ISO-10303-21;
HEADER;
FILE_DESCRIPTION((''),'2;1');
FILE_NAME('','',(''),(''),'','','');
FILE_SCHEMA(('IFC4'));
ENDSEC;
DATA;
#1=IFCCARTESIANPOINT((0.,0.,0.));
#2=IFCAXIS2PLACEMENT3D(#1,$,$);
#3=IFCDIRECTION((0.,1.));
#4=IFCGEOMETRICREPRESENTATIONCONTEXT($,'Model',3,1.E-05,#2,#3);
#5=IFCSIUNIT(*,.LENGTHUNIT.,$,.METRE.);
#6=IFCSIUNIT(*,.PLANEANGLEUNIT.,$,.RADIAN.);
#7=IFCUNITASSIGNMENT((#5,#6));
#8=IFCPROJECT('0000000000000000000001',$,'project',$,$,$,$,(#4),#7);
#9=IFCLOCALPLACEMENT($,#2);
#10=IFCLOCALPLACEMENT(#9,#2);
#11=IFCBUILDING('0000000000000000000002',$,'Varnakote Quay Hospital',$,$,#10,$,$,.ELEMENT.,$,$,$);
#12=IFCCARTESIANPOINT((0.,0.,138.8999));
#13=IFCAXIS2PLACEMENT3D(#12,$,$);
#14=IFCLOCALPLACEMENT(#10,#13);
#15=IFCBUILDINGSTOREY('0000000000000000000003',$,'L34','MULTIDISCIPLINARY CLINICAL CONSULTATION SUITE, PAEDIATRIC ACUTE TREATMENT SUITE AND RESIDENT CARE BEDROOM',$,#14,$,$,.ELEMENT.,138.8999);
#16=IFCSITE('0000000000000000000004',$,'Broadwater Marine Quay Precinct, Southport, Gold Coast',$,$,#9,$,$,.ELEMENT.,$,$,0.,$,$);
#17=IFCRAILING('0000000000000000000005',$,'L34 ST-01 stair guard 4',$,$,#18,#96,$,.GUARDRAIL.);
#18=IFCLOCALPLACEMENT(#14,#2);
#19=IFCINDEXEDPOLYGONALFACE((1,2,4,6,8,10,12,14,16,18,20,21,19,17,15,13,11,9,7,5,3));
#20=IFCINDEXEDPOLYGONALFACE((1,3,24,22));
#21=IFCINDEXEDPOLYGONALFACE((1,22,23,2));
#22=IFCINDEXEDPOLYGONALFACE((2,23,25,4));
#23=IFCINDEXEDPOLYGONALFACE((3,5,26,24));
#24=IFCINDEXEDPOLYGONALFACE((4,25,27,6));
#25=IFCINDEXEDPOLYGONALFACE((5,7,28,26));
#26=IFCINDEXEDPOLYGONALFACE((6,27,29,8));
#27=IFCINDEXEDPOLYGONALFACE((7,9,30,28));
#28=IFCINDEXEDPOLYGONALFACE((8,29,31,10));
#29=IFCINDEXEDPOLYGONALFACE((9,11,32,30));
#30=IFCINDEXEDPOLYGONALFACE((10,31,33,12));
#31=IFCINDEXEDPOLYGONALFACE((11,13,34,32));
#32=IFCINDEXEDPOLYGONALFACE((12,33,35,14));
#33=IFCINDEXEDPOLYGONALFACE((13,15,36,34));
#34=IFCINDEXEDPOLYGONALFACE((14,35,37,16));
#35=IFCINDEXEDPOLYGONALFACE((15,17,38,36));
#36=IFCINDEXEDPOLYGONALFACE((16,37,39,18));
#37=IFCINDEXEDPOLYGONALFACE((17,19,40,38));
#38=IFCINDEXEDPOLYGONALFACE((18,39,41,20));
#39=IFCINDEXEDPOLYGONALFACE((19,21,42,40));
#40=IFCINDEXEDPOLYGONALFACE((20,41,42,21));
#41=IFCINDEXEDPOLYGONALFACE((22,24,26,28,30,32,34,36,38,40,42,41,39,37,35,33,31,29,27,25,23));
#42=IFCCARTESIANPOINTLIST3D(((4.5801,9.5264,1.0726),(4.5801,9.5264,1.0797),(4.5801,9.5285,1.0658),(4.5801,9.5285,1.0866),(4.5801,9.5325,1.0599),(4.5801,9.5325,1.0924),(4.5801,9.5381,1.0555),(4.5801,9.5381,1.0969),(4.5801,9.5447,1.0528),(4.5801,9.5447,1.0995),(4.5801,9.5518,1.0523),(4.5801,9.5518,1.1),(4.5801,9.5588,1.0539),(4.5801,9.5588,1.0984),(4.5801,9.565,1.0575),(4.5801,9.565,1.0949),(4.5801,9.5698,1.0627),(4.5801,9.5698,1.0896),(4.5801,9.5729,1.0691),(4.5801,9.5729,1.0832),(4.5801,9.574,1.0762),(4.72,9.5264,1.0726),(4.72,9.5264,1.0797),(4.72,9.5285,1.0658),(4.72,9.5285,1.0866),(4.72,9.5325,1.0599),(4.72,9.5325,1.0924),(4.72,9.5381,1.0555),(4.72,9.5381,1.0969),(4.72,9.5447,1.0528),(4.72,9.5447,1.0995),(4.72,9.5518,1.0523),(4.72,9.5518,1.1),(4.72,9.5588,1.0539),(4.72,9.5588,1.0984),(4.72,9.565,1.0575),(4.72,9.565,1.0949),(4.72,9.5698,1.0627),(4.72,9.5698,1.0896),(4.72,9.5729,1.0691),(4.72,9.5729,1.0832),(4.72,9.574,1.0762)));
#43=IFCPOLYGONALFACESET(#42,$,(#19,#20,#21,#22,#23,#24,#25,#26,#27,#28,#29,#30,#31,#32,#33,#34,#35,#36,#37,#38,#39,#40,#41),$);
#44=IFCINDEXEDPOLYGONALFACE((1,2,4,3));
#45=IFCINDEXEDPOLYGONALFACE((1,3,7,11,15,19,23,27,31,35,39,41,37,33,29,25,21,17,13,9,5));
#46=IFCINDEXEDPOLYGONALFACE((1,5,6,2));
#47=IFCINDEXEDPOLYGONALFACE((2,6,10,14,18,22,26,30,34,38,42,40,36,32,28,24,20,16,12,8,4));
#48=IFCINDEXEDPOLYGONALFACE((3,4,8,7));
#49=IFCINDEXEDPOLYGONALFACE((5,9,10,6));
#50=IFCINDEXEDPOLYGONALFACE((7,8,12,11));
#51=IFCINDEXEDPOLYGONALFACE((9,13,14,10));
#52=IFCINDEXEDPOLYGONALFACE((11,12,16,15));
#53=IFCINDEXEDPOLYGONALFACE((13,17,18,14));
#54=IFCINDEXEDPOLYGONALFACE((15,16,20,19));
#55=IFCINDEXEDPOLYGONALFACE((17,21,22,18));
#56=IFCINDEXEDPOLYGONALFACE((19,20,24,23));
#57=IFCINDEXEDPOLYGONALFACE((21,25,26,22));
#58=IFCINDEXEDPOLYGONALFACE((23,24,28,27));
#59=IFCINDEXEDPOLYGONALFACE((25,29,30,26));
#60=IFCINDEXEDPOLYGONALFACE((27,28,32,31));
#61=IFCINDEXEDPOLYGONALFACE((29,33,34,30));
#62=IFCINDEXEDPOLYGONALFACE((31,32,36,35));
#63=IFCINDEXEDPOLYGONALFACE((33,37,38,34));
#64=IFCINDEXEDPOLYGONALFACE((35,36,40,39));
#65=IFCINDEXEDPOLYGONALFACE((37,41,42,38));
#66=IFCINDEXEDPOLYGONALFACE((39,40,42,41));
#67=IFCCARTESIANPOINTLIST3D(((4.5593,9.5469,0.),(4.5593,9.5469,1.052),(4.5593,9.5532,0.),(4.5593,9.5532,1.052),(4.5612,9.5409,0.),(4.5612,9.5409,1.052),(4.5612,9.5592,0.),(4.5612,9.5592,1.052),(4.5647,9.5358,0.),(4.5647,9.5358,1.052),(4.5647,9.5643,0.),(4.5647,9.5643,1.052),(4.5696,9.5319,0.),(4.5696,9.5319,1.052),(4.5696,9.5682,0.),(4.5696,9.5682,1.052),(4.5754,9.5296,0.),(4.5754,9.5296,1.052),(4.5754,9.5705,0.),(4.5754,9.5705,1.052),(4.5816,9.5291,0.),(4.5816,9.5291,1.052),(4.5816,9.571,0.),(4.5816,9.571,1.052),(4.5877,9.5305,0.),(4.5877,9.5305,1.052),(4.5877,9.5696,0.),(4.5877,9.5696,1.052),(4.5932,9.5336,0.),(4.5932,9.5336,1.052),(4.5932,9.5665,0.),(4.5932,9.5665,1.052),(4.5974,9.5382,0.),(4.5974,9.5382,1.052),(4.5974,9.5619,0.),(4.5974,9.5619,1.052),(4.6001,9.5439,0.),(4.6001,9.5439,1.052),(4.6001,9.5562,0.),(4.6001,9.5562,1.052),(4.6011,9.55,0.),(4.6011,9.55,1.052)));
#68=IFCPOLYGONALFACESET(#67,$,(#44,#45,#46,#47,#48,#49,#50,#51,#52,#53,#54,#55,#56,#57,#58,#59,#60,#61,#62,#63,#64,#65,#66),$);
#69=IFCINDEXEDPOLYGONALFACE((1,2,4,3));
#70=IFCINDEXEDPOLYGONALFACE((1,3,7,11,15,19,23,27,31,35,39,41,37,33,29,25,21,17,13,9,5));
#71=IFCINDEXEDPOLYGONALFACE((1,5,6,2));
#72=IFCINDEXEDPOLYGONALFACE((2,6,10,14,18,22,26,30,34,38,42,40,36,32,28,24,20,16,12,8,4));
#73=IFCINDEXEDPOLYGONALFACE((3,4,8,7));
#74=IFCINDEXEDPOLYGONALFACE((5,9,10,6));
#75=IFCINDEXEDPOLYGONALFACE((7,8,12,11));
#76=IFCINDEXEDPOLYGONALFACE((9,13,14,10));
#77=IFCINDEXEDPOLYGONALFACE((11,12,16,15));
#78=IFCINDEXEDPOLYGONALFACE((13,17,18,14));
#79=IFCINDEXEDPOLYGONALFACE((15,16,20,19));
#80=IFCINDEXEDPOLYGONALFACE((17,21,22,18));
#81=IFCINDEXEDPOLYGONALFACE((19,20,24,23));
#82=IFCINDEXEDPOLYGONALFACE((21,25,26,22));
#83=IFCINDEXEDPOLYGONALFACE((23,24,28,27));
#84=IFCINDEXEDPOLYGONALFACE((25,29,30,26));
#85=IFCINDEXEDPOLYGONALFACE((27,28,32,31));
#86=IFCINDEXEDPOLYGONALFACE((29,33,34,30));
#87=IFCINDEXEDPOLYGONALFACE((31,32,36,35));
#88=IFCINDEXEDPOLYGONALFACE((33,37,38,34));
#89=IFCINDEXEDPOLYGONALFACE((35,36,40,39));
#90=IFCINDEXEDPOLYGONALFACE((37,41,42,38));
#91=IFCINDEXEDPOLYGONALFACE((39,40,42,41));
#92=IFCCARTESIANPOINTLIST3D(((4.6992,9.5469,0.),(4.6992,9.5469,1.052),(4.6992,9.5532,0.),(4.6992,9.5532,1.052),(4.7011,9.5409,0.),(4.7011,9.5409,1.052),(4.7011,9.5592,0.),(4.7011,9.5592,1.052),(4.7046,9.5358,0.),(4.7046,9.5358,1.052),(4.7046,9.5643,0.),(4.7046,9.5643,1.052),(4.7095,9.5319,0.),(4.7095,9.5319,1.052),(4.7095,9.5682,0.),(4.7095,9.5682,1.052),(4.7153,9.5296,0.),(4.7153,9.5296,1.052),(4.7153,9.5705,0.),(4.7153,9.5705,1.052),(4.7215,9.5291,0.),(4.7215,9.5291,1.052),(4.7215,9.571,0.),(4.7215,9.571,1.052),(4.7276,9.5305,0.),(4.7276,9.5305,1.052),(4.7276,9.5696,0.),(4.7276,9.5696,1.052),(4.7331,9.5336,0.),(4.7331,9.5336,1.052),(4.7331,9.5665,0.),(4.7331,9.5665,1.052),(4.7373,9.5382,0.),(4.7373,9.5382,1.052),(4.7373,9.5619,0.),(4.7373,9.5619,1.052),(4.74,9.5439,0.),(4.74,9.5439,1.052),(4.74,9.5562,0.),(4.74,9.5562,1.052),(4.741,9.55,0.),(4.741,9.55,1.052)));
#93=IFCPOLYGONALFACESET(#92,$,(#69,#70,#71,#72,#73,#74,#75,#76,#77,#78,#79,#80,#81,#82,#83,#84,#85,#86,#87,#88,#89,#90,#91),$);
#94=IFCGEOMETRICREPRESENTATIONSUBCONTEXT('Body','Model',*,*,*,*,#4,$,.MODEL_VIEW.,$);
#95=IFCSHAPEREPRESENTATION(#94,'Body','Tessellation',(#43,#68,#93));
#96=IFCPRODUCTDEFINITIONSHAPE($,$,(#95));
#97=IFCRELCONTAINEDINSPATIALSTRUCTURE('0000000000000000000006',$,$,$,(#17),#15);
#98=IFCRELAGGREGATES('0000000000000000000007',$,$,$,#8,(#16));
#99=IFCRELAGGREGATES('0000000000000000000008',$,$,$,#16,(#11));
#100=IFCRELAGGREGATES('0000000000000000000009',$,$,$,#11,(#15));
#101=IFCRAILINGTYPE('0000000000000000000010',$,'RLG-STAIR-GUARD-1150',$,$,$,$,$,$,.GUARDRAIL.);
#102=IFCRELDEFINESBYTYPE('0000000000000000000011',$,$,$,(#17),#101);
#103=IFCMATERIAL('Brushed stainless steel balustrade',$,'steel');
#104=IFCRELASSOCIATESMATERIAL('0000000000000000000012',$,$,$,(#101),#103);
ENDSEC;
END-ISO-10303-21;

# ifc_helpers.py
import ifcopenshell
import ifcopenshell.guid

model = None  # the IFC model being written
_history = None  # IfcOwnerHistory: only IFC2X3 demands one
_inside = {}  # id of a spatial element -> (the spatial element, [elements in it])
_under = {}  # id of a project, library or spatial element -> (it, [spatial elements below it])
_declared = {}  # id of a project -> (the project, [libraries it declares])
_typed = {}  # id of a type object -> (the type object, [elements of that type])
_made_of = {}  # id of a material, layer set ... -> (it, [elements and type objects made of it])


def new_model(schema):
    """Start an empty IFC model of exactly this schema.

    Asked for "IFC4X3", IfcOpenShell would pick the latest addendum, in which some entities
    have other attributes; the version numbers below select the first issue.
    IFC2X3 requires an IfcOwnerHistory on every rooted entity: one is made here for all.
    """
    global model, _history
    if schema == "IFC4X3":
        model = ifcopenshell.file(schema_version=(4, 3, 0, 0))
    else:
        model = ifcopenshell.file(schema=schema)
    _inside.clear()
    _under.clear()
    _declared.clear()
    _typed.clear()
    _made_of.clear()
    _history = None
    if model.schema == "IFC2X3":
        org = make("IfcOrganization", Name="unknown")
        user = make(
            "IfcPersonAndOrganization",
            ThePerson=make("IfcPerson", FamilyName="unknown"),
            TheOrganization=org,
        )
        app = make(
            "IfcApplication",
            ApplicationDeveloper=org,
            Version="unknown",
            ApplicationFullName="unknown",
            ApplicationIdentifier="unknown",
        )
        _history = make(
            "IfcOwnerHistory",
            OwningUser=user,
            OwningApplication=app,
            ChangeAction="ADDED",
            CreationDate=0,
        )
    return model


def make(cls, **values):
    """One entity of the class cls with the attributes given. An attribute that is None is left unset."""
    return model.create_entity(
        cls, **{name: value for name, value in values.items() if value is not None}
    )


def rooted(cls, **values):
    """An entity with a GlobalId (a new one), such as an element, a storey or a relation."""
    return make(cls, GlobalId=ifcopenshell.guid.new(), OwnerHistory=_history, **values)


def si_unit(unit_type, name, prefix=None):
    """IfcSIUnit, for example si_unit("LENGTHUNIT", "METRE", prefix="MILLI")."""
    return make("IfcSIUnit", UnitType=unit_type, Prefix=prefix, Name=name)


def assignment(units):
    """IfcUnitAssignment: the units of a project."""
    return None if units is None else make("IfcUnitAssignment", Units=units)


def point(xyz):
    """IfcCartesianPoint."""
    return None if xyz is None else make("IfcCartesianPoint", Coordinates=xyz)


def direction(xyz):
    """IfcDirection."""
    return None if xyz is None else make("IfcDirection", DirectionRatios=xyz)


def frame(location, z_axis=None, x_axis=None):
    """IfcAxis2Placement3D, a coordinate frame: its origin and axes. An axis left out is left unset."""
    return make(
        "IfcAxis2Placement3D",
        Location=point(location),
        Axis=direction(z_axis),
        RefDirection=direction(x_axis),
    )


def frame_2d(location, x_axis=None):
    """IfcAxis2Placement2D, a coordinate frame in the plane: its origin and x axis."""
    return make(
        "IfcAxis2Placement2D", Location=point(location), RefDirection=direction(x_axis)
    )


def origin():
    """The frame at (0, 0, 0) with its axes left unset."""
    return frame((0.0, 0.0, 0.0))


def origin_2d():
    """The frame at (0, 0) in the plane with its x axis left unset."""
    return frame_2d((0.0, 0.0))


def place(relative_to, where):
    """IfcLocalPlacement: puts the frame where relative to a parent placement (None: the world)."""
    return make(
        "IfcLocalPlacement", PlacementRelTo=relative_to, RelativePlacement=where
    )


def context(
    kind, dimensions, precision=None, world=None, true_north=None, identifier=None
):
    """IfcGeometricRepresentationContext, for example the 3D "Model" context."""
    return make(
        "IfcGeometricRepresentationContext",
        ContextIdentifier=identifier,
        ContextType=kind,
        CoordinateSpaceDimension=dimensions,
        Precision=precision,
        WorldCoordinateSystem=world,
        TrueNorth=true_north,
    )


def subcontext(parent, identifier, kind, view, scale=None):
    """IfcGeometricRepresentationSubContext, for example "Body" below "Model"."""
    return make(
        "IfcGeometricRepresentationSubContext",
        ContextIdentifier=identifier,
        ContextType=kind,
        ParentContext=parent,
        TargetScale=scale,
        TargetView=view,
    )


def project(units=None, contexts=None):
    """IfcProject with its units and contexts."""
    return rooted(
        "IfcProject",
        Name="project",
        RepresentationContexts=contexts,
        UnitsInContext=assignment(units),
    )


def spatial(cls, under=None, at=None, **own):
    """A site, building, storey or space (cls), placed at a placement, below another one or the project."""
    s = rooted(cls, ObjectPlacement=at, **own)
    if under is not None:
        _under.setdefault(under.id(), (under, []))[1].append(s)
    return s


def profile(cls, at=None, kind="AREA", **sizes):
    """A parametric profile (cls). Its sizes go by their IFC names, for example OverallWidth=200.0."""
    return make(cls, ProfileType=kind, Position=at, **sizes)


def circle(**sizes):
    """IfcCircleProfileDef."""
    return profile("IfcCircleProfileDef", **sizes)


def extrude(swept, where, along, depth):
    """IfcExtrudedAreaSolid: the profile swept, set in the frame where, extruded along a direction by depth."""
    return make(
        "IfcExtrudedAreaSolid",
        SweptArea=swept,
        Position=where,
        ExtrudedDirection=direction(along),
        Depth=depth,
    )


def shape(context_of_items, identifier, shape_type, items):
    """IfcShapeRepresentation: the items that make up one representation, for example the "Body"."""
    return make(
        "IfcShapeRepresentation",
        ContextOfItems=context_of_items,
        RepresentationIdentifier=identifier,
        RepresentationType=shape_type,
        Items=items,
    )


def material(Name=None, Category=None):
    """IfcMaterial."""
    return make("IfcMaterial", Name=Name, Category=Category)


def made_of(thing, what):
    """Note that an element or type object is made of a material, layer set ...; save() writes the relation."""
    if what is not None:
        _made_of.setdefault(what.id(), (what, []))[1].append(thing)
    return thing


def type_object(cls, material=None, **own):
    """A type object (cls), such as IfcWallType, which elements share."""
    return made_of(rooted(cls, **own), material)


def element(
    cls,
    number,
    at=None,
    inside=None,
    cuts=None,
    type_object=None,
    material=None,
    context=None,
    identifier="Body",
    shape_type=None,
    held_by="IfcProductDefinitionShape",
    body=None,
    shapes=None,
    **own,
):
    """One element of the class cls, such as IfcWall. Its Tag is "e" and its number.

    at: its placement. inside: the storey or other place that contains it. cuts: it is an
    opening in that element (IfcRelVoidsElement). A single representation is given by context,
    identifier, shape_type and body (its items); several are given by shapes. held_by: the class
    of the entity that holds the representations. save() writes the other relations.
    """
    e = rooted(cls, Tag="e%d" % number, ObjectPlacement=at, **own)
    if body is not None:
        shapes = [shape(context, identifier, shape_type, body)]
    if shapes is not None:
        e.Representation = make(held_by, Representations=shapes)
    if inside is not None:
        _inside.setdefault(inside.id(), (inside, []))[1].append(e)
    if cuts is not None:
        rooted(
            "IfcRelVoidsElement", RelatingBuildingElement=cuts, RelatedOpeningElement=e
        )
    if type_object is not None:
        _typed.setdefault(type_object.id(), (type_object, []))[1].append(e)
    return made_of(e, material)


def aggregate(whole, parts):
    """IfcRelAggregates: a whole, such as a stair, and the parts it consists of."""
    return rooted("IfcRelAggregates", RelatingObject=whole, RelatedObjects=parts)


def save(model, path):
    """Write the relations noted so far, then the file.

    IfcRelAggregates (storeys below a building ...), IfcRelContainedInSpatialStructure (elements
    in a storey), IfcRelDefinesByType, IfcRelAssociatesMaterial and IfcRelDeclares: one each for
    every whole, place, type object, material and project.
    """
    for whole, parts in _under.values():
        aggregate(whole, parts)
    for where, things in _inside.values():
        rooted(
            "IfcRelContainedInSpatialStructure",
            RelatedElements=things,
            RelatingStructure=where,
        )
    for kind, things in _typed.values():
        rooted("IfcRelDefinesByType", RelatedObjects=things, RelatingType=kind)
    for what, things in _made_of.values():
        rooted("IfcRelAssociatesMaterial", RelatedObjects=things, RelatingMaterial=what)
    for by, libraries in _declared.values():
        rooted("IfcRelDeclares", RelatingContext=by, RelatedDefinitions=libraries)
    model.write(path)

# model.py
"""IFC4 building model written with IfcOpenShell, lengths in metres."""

from ifc_helpers import new_model, si_unit, direction, frame, origin, origin_2d, place, context, subcontext, project, spatial, circle, extrude, material, type_object, element, save


model = new_model("IFC4")

# Units and contexts
model_context = context("Model", 3, precision=1e-05, world=origin(), true_north=direction((0.0, 1.0)))
body_context = subcontext(model_context, "Body", "Model", "MODEL_VIEW")
ifc_project = project(units=[si_unit("LENGTHUNIT", "METRE"), si_unit("PLANEANGLEUNIT", "RADIAN")], contexts=[model_context])

# Site, building, storey
site_placement = place(None, origin())
site = spatial("IfcSite", under=ifc_project, at=site_placement, Name="Broadwater Marine Quay Precinct, Southport, Gold Coast", CompositionType="ELEMENT", RefElevation=0.0)
building_placement = place(site_placement, origin())
building = spatial("IfcBuilding", under=site, at=building_placement, Name="Varnakote Quay Hospital", CompositionType="ELEMENT")
storey_placement = place(building_placement, frame((0.0, 0.0, 138.8999)))
storey = spatial("IfcBuildingStorey", under=building, at=storey_placement, Name="L34", Description="MULTIDISCIPLINARY CLINICAL CONSULTATION SUITE, PAEDIATRIC ACUTE TREATMENT SUITE AND RESIDENT CARE BEDROOM", CompositionType="ELEMENT", Elevation=138.8999)

# Railing
ifc_material_1 = material(Name="Brushed stainless steel balustrade", Category="steel")
railing_type_1 = type_object("IfcRailingType", Name="RLG-STAIR-GUARD-1150", PredefinedType="GUARDRAIL", material=ifc_material_1)
railing_1_placement = place(storey_placement, frame((4.5801, 9.55, 0.0)))
element("IfcRailing", 1, at=railing_1_placement, inside=storey, type_object=railing_type_1, Name="L34 ST-01 stair guard 4", PredefinedType="GUARDRAIL", context=body_context, shape_type="SweptSolid", body=[
    extrude(circle(Radius=0.0239, at=origin_2d()), frame((0.0, 0.0, 1.0762), z_axis=(1.0, 0.0, 0.0), x_axis=(0.0, 1.0, 0.0)), (0.0, 0.0, 1.0), 0.1399),
    extrude(circle(Radius=0.021, at=origin_2d()), origin(), (0.0, 0.0, 1.0), 1.052),
    extrude(circle(Radius=0.021, at=origin_2d()), frame((0.1399, 0.0, 0.0)), (0.0, 0.0, 1.0), 1.052),
])

save(model, "model.ifc")
